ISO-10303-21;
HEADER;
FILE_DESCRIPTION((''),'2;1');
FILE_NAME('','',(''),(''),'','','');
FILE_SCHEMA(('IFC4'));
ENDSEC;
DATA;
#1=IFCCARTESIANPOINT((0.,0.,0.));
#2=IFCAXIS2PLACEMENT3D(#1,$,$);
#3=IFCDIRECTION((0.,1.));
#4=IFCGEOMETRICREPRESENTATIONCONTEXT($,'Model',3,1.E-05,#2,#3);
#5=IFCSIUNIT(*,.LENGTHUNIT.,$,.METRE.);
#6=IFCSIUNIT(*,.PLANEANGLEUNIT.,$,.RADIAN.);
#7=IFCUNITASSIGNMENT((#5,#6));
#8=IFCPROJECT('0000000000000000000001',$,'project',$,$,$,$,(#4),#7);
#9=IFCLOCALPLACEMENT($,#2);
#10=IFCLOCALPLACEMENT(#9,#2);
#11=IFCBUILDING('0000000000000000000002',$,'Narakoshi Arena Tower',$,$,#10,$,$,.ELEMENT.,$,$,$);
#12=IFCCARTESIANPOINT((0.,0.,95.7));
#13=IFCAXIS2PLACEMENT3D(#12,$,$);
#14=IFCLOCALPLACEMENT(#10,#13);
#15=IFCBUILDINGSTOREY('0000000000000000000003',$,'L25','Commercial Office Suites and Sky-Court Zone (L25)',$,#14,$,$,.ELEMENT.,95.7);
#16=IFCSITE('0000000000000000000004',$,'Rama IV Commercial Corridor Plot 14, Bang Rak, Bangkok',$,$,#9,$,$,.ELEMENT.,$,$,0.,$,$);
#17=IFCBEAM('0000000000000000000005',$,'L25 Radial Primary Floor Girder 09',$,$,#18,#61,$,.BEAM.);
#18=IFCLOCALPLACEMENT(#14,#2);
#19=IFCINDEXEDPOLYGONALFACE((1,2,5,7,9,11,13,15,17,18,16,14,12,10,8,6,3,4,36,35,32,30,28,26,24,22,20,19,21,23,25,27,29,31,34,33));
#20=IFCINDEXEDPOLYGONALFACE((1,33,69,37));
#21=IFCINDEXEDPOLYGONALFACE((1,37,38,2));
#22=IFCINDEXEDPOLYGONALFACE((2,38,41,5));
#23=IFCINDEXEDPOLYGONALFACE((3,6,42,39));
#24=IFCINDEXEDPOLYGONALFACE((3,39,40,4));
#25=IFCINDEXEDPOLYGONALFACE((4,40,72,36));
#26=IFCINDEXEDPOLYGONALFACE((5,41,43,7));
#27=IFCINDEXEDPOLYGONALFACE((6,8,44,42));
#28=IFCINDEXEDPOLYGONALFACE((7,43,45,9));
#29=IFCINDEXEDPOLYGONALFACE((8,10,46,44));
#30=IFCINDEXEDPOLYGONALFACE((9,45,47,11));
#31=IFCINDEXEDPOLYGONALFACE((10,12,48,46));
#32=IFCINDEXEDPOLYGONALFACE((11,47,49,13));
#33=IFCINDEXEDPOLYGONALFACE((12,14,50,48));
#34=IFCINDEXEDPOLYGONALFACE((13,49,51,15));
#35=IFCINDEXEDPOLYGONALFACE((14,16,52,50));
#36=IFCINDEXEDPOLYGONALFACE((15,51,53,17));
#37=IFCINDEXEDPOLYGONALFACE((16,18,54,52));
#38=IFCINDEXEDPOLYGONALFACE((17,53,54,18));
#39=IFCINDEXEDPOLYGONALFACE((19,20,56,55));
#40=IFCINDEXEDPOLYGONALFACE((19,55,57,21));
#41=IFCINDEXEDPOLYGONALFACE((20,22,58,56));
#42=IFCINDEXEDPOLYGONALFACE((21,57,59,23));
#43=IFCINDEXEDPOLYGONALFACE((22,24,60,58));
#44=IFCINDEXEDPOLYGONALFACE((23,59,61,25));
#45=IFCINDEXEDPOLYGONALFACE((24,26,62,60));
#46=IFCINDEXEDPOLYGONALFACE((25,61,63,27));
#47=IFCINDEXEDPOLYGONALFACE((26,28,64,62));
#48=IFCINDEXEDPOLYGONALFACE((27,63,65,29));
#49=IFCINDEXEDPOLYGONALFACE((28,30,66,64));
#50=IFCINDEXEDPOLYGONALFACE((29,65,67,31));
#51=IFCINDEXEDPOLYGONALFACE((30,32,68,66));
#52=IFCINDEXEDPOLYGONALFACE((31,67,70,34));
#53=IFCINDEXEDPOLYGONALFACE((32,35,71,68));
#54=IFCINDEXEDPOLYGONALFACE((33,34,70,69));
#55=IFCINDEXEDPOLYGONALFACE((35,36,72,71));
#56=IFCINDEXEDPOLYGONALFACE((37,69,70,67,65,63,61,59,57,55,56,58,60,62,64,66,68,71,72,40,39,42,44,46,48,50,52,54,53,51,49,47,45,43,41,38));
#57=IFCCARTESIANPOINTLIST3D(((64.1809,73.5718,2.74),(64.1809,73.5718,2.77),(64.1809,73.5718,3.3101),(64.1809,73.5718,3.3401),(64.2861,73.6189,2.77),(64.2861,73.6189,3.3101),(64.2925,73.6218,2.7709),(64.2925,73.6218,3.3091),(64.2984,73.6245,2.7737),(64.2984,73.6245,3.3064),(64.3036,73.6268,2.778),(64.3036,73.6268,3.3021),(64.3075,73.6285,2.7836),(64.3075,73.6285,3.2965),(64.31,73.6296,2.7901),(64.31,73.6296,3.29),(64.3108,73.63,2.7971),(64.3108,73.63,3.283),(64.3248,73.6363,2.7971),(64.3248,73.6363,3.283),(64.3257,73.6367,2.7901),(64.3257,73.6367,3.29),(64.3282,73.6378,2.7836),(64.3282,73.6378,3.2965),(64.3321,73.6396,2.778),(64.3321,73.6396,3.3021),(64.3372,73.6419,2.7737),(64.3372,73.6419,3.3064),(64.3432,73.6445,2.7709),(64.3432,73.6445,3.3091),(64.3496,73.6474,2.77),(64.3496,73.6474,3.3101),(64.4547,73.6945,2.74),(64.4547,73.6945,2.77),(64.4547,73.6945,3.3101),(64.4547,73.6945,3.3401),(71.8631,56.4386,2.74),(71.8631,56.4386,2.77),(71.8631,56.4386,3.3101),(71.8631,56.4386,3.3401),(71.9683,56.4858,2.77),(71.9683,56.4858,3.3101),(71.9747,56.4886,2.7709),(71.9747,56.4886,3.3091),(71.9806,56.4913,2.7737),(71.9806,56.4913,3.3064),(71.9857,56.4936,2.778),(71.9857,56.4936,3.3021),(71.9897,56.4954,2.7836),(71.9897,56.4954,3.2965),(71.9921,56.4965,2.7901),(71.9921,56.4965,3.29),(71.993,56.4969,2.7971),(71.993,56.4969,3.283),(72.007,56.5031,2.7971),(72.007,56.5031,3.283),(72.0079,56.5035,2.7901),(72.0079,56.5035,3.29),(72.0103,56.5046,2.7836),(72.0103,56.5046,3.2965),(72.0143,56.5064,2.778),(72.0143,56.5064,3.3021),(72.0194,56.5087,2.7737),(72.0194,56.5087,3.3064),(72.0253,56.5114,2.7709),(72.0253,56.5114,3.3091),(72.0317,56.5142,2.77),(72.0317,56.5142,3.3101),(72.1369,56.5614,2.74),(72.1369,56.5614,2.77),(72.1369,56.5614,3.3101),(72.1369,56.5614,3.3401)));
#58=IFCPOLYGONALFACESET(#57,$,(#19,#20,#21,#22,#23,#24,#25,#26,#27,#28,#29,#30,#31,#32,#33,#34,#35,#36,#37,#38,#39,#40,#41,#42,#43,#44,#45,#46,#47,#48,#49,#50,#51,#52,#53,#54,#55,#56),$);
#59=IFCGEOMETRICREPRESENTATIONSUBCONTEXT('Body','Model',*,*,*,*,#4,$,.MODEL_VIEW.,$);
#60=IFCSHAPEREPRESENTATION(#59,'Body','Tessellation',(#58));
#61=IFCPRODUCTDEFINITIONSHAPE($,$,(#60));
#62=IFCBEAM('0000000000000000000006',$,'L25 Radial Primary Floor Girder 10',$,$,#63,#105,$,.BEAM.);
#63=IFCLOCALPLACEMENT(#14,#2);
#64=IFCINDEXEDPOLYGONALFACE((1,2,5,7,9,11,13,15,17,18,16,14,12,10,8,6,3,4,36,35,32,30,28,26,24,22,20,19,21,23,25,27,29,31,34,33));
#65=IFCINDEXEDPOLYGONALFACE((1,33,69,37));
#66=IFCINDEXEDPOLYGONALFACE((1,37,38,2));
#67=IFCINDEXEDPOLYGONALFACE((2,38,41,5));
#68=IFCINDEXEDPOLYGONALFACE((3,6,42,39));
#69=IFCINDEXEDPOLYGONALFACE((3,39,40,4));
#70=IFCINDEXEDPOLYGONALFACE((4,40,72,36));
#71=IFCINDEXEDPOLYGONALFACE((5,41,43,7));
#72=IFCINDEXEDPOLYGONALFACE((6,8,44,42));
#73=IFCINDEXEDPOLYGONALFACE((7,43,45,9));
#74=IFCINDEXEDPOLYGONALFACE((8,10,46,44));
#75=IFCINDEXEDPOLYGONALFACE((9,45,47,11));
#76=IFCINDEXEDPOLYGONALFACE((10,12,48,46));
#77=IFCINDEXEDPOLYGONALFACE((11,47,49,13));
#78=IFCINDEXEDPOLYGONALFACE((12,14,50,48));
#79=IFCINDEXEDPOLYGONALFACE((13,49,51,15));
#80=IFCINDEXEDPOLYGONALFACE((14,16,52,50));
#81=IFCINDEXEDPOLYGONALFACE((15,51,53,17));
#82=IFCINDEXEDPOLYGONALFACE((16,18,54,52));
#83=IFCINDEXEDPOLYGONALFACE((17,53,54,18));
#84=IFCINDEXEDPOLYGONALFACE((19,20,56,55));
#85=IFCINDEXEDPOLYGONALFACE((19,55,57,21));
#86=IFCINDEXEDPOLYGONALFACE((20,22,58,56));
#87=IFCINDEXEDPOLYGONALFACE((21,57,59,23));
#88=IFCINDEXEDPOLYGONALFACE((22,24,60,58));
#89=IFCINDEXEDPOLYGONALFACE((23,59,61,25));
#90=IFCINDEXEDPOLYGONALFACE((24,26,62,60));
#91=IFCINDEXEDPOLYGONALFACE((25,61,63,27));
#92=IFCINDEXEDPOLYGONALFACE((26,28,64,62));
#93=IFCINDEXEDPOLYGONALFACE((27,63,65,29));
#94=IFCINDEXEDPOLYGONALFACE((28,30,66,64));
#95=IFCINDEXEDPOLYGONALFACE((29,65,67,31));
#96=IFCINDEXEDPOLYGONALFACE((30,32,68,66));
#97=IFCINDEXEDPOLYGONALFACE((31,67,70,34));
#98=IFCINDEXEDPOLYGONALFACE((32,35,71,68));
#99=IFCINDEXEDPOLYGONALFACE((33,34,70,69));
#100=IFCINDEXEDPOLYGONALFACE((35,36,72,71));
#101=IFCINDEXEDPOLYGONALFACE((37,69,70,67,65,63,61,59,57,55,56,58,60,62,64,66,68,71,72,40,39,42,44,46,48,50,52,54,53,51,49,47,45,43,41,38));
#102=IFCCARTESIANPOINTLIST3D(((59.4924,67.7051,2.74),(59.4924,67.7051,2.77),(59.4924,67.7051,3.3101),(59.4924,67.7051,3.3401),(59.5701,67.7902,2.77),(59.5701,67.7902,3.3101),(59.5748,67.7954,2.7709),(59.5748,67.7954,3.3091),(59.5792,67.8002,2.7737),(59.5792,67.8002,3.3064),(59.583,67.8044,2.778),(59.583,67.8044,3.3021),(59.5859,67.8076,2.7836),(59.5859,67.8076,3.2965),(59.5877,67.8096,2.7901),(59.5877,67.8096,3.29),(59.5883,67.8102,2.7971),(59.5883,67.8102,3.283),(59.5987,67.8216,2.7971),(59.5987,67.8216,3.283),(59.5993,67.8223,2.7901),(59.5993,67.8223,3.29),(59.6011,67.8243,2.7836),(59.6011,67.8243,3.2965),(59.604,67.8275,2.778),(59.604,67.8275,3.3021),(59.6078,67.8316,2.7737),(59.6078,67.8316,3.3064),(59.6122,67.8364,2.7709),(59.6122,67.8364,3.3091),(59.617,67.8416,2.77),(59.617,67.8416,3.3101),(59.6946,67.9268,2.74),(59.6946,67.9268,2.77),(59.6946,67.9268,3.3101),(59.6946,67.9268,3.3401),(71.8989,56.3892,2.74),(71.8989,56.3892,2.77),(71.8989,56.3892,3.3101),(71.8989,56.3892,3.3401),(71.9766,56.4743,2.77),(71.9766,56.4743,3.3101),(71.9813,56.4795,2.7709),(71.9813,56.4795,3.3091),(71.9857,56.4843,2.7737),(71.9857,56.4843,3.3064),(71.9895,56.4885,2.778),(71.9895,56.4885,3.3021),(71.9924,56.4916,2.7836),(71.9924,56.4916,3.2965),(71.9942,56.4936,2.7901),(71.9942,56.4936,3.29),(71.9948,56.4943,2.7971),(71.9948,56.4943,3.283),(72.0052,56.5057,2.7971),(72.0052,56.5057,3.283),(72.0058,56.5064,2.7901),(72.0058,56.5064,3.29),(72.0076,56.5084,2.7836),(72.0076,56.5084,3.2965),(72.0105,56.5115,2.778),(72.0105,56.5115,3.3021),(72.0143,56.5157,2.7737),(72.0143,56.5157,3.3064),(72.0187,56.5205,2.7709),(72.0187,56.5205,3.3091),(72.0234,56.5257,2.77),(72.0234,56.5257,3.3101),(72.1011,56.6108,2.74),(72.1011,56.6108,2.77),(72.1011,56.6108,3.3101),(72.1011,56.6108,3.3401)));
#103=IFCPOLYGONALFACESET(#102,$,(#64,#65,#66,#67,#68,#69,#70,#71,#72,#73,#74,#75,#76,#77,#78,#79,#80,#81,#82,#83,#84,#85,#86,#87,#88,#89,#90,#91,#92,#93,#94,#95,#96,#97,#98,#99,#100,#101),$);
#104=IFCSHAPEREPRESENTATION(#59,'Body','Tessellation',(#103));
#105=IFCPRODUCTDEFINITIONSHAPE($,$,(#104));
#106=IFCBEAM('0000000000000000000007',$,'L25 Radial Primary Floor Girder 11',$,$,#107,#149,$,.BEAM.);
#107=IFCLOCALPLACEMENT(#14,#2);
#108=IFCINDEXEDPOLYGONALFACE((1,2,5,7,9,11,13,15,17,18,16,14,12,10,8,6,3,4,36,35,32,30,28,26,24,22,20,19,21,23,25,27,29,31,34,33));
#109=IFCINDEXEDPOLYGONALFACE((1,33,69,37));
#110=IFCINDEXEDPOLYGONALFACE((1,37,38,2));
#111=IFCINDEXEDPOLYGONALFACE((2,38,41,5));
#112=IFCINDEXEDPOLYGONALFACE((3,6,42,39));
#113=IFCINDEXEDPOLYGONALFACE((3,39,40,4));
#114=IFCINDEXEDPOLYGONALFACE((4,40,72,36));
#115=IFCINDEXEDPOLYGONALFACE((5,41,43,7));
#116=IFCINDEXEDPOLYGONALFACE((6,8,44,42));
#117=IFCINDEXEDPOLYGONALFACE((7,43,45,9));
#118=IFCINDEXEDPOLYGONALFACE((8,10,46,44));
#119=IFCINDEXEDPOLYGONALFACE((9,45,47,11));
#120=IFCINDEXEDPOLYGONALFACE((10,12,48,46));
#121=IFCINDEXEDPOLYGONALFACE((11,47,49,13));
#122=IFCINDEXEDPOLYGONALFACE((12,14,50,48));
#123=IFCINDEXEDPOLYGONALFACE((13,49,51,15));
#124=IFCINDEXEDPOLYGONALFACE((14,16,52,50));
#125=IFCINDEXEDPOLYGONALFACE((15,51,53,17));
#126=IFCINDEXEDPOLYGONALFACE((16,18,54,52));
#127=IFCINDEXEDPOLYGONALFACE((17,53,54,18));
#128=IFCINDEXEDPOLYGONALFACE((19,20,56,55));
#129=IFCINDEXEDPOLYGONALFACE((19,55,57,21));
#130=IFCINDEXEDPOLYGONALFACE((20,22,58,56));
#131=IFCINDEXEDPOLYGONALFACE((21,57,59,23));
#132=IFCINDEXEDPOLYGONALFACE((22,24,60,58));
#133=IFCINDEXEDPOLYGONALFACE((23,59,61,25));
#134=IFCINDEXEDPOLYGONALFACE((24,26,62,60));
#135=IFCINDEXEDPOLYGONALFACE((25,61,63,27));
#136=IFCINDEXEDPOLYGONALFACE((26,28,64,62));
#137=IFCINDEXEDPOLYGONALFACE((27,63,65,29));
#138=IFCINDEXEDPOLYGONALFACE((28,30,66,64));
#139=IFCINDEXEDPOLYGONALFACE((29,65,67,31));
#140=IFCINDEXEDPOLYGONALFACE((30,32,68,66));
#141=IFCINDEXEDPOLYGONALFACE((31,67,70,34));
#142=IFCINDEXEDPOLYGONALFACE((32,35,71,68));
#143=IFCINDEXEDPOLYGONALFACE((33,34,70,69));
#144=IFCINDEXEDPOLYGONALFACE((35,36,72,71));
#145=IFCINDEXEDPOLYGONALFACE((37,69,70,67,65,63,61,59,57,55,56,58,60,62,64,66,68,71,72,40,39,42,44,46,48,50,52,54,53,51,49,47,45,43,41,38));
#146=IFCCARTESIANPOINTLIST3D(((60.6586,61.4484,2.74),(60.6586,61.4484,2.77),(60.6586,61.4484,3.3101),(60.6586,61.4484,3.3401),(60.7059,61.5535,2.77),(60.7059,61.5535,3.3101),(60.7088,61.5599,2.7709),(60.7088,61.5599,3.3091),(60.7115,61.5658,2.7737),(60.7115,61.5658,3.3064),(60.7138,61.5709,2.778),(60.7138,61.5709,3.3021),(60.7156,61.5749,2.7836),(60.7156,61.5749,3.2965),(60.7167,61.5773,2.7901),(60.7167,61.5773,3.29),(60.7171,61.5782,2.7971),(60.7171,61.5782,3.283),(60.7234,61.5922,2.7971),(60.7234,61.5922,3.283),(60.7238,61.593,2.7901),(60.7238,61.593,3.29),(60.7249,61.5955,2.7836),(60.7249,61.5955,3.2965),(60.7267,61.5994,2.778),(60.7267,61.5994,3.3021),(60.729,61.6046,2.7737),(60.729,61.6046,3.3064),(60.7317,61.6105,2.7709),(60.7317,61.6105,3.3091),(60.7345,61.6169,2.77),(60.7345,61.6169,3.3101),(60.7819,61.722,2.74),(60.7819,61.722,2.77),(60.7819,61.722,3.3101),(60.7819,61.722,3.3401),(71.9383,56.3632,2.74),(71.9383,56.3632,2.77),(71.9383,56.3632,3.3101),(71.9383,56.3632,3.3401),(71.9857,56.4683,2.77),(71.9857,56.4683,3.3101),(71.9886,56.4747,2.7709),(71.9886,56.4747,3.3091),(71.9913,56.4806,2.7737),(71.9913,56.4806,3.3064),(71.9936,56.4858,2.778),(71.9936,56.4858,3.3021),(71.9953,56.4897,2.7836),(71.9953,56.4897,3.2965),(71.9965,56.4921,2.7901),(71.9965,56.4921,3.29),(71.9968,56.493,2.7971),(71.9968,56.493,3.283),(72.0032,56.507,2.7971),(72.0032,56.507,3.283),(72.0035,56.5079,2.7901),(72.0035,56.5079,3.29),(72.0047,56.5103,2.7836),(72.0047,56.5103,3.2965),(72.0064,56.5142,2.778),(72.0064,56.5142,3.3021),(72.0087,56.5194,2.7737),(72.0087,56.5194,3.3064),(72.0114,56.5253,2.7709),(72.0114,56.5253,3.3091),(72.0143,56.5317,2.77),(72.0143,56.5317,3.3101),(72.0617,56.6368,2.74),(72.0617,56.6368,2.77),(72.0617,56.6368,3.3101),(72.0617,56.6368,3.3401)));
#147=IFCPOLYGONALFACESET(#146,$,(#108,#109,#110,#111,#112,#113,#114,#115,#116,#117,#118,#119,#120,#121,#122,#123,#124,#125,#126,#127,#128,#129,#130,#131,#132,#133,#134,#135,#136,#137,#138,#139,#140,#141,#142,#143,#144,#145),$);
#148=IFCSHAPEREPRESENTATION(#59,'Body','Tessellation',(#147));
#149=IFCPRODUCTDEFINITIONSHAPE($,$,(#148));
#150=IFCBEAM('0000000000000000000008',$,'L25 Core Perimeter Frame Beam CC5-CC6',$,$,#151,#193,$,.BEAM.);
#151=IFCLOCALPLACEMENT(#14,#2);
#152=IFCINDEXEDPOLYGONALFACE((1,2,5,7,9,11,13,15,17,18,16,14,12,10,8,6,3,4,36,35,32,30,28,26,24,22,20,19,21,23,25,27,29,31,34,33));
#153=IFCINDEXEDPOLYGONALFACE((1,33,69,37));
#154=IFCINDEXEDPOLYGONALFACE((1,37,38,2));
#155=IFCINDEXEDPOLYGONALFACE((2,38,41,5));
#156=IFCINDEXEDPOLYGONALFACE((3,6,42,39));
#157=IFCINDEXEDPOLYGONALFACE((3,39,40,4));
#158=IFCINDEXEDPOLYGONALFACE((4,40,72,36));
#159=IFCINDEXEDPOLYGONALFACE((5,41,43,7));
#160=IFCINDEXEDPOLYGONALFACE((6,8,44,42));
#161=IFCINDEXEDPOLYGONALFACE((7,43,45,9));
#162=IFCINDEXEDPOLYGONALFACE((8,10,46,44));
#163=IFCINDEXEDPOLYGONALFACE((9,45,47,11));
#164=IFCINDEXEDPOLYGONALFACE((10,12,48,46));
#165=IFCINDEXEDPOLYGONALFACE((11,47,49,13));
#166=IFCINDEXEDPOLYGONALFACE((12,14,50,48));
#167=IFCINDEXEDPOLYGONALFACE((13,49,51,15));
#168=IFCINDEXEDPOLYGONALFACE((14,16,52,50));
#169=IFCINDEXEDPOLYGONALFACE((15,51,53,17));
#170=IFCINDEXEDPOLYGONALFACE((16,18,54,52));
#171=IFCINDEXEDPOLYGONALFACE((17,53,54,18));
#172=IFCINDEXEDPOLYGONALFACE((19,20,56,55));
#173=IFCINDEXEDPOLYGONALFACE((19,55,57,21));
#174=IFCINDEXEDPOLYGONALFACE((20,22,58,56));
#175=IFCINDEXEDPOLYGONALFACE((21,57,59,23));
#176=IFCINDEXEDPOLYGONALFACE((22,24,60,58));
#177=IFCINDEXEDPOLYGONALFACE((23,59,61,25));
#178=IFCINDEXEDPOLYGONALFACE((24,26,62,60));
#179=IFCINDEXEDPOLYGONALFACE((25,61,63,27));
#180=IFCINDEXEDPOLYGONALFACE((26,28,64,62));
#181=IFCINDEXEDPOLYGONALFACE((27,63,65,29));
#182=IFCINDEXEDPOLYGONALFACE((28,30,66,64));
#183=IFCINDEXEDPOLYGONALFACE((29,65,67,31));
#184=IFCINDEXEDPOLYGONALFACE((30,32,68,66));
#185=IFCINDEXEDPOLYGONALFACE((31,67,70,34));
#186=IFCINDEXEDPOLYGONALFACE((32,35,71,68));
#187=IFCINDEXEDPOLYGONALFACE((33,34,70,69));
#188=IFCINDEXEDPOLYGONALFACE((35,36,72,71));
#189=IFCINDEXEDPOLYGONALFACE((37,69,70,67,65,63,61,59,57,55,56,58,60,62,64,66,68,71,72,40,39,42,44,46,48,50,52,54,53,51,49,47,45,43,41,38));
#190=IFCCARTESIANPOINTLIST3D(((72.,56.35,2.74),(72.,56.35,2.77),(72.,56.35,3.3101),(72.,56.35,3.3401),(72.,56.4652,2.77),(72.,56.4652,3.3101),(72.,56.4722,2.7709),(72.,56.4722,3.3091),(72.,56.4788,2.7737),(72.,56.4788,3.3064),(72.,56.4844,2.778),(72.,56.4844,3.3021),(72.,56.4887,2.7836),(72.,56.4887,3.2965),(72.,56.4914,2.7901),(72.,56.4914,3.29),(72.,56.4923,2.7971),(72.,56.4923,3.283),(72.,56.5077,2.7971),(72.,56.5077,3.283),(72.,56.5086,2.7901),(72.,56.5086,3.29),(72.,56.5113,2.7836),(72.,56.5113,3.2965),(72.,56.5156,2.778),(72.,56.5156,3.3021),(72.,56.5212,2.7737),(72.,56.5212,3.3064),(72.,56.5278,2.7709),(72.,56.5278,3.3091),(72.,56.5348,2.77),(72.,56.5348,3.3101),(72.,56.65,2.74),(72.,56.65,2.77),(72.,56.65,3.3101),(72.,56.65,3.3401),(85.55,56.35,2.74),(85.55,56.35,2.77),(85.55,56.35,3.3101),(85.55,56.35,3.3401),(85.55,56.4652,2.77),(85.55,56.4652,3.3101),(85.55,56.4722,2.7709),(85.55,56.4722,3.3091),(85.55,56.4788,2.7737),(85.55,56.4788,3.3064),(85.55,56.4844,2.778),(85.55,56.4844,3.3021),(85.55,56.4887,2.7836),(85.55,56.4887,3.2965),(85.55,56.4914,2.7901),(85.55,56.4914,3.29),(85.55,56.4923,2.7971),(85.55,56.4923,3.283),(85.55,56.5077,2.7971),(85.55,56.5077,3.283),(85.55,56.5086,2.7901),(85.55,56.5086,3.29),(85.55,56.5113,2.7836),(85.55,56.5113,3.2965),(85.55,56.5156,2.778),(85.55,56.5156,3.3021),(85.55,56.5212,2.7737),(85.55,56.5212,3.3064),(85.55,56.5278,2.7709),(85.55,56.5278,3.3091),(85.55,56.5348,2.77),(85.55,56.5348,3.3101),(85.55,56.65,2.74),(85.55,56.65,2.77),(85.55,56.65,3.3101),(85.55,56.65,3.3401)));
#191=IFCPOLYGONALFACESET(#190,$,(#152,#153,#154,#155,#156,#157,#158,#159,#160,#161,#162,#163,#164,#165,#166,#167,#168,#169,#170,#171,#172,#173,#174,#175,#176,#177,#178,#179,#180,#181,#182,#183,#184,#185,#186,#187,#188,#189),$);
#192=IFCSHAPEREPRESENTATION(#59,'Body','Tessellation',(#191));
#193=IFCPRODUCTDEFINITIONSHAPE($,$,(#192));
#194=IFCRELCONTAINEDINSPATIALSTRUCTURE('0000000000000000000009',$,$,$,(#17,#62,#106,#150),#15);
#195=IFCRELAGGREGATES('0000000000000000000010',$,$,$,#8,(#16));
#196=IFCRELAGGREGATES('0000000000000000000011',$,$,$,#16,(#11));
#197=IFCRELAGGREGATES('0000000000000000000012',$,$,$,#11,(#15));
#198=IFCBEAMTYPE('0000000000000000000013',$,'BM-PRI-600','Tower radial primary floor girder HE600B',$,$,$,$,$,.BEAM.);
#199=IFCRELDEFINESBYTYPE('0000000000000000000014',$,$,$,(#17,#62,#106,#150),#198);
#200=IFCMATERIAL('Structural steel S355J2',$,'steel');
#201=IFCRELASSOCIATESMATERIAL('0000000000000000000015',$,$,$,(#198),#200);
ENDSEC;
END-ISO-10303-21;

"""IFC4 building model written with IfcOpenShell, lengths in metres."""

from ifc_helpers import new_model, si_unit, direction, frame, origin, origin_2d, place, context, subcontext, project, spatial, i_section, extrude, material, material_profile, profile_set, type_object, element, save


model = new_model("IFC4")

# Units and contexts
model_context = context("Model", 3, precision=1e-05, world=origin(), true_north=direction((0.0, 1.0)))
body_context = subcontext(model_context, "Body", "Model", "MODEL_VIEW")
ifc_project = project(units=[si_unit("LENGTHUNIT", "METRE"), si_unit("PLANEANGLEUNIT", "RADIAN")], contexts=[model_context])

# Site, building, storey
site_placement = place(None, origin())
site = spatial("IfcSite", under=ifc_project, at=site_placement, Name="Rama IV Commercial Corridor Plot 14, Bang Rak, Bangkok", CompositionType="ELEMENT", RefElevation=0.0)
building_placement = place(site_placement, origin())
building = spatial("IfcBuilding", under=site, at=building_placement, Name="Narakoshi Arena Tower", CompositionType="ELEMENT")
storey_placement = place(building_placement, frame((0.0, 0.0, 95.7)))
storey = spatial("IfcBuildingStorey", under=building, at=storey_placement, Name="L25", Description="Commercial Office Suites and Sky-Court Zone (L25)", CompositionType="ELEMENT", Elevation=95.7)

# Beams
ifc_material_1 = material(Name="Structural steel S355J2", Category="steel")
ifc_material_profile_1 = material_profile(ifc_material_1, i_section(OverallWidth=0.3, OverallDepth=0.6001, WebThickness=0.0154, FlangeThickness=0.03, FilletRadius=0.0271, at=origin_2d()), Name="HE600B")
ifc_profile_set_1 = profile_set([ifc_material_profile_1], Name="Structural steel S355J2")
beam_type_1 = type_object("IfcBeamType", Name="BM-PRI-600", Description="Tower radial primary floor girder HE600B", PredefinedType="BEAM", material=ifc_profile_set_1)
beam_1_placement = place(storey_placement, frame((72.0, 56.5, 3.04), z_axis=(-0.409135, 0.912474, 0.0), x_axis=(-0.912474, -0.409135, 0.0)))
element("IfcBeam", 1, at=beam_1_placement, inside=storey, type_object=beam_type_1, Name="L25 Radial Primary Floor Girder 09", PredefinedType="BEAM", context=body_context, shape_type="SweptSolid", body=[
    extrude(i_section(OverallWidth=0.3, OverallDepth=0.6001, WebThickness=0.0154, FlangeThickness=0.03, FilletRadius=0.0271, at=origin_2d()), origin(), (0.0, 0.0, 1.0), 18.7766),
])
beam_2_placement = place(storey_placement, frame((72.0, 56.5, 3.04), z_axis=(-0.738834, 0.673888, 0.0), x_axis=(-0.673888, -0.738834, 0.0)))
element("IfcBeam", 2, at=beam_2_placement, inside=storey, type_object=beam_type_1, Name="L25 Radial Primary Floor Girder 10", PredefinedType="BEAM", context=body_context, shape_type="SweptSolid", body=[
    extrude(i_section(OverallWidth=0.3, OverallDepth=0.6001, WebThickness=0.0154, FlangeThickness=0.03, FilletRadius=0.0271, at=origin_2d()), origin(), (0.0, 0.0, 1.0), 16.792),
])
beam_3_placement = place(storey_placement, frame((72.0, 56.5, 3.04), z_axis=(-0.91164, 0.41099, 0.0), x_axis=(-0.41099, -0.91164, 0.0)))
element("IfcBeam", 3, at=beam_3_placement, inside=storey, type_object=beam_type_1, Name="L25 Radial Primary Floor Girder 11", PredefinedType="BEAM", context=body_context, shape_type="SweptSolid", body=[
    extrude(i_section(OverallWidth=0.3, OverallDepth=0.6001, WebThickness=0.0154, FlangeThickness=0.03, FilletRadius=0.0271, at=origin_2d()), origin(), (0.0, 0.0, 1.0), 12.373),
])
beam_4_placement = place(storey_placement, frame((72.0, 56.5, 3.04), z_axis=(1.0, 0.0, 0.0), x_axis=(0.0, 1.0, 0.0)))
element("IfcBeam", 4, at=beam_4_placement, inside=storey, type_object=beam_type_1, Name="L25 Core Perimeter Frame Beam CC5-CC6", PredefinedType="BEAM", context=body_context, shape_type="SweptSolid", body=[
    extrude(i_section(OverallWidth=0.3, OverallDepth=0.6001, WebThickness=0.0154, FlangeThickness=0.03, FilletRadius=0.0271, at=origin_2d()), origin(), (0.0, 0.0, 1.0), 13.55),
])

save(model, "model.ifc")
